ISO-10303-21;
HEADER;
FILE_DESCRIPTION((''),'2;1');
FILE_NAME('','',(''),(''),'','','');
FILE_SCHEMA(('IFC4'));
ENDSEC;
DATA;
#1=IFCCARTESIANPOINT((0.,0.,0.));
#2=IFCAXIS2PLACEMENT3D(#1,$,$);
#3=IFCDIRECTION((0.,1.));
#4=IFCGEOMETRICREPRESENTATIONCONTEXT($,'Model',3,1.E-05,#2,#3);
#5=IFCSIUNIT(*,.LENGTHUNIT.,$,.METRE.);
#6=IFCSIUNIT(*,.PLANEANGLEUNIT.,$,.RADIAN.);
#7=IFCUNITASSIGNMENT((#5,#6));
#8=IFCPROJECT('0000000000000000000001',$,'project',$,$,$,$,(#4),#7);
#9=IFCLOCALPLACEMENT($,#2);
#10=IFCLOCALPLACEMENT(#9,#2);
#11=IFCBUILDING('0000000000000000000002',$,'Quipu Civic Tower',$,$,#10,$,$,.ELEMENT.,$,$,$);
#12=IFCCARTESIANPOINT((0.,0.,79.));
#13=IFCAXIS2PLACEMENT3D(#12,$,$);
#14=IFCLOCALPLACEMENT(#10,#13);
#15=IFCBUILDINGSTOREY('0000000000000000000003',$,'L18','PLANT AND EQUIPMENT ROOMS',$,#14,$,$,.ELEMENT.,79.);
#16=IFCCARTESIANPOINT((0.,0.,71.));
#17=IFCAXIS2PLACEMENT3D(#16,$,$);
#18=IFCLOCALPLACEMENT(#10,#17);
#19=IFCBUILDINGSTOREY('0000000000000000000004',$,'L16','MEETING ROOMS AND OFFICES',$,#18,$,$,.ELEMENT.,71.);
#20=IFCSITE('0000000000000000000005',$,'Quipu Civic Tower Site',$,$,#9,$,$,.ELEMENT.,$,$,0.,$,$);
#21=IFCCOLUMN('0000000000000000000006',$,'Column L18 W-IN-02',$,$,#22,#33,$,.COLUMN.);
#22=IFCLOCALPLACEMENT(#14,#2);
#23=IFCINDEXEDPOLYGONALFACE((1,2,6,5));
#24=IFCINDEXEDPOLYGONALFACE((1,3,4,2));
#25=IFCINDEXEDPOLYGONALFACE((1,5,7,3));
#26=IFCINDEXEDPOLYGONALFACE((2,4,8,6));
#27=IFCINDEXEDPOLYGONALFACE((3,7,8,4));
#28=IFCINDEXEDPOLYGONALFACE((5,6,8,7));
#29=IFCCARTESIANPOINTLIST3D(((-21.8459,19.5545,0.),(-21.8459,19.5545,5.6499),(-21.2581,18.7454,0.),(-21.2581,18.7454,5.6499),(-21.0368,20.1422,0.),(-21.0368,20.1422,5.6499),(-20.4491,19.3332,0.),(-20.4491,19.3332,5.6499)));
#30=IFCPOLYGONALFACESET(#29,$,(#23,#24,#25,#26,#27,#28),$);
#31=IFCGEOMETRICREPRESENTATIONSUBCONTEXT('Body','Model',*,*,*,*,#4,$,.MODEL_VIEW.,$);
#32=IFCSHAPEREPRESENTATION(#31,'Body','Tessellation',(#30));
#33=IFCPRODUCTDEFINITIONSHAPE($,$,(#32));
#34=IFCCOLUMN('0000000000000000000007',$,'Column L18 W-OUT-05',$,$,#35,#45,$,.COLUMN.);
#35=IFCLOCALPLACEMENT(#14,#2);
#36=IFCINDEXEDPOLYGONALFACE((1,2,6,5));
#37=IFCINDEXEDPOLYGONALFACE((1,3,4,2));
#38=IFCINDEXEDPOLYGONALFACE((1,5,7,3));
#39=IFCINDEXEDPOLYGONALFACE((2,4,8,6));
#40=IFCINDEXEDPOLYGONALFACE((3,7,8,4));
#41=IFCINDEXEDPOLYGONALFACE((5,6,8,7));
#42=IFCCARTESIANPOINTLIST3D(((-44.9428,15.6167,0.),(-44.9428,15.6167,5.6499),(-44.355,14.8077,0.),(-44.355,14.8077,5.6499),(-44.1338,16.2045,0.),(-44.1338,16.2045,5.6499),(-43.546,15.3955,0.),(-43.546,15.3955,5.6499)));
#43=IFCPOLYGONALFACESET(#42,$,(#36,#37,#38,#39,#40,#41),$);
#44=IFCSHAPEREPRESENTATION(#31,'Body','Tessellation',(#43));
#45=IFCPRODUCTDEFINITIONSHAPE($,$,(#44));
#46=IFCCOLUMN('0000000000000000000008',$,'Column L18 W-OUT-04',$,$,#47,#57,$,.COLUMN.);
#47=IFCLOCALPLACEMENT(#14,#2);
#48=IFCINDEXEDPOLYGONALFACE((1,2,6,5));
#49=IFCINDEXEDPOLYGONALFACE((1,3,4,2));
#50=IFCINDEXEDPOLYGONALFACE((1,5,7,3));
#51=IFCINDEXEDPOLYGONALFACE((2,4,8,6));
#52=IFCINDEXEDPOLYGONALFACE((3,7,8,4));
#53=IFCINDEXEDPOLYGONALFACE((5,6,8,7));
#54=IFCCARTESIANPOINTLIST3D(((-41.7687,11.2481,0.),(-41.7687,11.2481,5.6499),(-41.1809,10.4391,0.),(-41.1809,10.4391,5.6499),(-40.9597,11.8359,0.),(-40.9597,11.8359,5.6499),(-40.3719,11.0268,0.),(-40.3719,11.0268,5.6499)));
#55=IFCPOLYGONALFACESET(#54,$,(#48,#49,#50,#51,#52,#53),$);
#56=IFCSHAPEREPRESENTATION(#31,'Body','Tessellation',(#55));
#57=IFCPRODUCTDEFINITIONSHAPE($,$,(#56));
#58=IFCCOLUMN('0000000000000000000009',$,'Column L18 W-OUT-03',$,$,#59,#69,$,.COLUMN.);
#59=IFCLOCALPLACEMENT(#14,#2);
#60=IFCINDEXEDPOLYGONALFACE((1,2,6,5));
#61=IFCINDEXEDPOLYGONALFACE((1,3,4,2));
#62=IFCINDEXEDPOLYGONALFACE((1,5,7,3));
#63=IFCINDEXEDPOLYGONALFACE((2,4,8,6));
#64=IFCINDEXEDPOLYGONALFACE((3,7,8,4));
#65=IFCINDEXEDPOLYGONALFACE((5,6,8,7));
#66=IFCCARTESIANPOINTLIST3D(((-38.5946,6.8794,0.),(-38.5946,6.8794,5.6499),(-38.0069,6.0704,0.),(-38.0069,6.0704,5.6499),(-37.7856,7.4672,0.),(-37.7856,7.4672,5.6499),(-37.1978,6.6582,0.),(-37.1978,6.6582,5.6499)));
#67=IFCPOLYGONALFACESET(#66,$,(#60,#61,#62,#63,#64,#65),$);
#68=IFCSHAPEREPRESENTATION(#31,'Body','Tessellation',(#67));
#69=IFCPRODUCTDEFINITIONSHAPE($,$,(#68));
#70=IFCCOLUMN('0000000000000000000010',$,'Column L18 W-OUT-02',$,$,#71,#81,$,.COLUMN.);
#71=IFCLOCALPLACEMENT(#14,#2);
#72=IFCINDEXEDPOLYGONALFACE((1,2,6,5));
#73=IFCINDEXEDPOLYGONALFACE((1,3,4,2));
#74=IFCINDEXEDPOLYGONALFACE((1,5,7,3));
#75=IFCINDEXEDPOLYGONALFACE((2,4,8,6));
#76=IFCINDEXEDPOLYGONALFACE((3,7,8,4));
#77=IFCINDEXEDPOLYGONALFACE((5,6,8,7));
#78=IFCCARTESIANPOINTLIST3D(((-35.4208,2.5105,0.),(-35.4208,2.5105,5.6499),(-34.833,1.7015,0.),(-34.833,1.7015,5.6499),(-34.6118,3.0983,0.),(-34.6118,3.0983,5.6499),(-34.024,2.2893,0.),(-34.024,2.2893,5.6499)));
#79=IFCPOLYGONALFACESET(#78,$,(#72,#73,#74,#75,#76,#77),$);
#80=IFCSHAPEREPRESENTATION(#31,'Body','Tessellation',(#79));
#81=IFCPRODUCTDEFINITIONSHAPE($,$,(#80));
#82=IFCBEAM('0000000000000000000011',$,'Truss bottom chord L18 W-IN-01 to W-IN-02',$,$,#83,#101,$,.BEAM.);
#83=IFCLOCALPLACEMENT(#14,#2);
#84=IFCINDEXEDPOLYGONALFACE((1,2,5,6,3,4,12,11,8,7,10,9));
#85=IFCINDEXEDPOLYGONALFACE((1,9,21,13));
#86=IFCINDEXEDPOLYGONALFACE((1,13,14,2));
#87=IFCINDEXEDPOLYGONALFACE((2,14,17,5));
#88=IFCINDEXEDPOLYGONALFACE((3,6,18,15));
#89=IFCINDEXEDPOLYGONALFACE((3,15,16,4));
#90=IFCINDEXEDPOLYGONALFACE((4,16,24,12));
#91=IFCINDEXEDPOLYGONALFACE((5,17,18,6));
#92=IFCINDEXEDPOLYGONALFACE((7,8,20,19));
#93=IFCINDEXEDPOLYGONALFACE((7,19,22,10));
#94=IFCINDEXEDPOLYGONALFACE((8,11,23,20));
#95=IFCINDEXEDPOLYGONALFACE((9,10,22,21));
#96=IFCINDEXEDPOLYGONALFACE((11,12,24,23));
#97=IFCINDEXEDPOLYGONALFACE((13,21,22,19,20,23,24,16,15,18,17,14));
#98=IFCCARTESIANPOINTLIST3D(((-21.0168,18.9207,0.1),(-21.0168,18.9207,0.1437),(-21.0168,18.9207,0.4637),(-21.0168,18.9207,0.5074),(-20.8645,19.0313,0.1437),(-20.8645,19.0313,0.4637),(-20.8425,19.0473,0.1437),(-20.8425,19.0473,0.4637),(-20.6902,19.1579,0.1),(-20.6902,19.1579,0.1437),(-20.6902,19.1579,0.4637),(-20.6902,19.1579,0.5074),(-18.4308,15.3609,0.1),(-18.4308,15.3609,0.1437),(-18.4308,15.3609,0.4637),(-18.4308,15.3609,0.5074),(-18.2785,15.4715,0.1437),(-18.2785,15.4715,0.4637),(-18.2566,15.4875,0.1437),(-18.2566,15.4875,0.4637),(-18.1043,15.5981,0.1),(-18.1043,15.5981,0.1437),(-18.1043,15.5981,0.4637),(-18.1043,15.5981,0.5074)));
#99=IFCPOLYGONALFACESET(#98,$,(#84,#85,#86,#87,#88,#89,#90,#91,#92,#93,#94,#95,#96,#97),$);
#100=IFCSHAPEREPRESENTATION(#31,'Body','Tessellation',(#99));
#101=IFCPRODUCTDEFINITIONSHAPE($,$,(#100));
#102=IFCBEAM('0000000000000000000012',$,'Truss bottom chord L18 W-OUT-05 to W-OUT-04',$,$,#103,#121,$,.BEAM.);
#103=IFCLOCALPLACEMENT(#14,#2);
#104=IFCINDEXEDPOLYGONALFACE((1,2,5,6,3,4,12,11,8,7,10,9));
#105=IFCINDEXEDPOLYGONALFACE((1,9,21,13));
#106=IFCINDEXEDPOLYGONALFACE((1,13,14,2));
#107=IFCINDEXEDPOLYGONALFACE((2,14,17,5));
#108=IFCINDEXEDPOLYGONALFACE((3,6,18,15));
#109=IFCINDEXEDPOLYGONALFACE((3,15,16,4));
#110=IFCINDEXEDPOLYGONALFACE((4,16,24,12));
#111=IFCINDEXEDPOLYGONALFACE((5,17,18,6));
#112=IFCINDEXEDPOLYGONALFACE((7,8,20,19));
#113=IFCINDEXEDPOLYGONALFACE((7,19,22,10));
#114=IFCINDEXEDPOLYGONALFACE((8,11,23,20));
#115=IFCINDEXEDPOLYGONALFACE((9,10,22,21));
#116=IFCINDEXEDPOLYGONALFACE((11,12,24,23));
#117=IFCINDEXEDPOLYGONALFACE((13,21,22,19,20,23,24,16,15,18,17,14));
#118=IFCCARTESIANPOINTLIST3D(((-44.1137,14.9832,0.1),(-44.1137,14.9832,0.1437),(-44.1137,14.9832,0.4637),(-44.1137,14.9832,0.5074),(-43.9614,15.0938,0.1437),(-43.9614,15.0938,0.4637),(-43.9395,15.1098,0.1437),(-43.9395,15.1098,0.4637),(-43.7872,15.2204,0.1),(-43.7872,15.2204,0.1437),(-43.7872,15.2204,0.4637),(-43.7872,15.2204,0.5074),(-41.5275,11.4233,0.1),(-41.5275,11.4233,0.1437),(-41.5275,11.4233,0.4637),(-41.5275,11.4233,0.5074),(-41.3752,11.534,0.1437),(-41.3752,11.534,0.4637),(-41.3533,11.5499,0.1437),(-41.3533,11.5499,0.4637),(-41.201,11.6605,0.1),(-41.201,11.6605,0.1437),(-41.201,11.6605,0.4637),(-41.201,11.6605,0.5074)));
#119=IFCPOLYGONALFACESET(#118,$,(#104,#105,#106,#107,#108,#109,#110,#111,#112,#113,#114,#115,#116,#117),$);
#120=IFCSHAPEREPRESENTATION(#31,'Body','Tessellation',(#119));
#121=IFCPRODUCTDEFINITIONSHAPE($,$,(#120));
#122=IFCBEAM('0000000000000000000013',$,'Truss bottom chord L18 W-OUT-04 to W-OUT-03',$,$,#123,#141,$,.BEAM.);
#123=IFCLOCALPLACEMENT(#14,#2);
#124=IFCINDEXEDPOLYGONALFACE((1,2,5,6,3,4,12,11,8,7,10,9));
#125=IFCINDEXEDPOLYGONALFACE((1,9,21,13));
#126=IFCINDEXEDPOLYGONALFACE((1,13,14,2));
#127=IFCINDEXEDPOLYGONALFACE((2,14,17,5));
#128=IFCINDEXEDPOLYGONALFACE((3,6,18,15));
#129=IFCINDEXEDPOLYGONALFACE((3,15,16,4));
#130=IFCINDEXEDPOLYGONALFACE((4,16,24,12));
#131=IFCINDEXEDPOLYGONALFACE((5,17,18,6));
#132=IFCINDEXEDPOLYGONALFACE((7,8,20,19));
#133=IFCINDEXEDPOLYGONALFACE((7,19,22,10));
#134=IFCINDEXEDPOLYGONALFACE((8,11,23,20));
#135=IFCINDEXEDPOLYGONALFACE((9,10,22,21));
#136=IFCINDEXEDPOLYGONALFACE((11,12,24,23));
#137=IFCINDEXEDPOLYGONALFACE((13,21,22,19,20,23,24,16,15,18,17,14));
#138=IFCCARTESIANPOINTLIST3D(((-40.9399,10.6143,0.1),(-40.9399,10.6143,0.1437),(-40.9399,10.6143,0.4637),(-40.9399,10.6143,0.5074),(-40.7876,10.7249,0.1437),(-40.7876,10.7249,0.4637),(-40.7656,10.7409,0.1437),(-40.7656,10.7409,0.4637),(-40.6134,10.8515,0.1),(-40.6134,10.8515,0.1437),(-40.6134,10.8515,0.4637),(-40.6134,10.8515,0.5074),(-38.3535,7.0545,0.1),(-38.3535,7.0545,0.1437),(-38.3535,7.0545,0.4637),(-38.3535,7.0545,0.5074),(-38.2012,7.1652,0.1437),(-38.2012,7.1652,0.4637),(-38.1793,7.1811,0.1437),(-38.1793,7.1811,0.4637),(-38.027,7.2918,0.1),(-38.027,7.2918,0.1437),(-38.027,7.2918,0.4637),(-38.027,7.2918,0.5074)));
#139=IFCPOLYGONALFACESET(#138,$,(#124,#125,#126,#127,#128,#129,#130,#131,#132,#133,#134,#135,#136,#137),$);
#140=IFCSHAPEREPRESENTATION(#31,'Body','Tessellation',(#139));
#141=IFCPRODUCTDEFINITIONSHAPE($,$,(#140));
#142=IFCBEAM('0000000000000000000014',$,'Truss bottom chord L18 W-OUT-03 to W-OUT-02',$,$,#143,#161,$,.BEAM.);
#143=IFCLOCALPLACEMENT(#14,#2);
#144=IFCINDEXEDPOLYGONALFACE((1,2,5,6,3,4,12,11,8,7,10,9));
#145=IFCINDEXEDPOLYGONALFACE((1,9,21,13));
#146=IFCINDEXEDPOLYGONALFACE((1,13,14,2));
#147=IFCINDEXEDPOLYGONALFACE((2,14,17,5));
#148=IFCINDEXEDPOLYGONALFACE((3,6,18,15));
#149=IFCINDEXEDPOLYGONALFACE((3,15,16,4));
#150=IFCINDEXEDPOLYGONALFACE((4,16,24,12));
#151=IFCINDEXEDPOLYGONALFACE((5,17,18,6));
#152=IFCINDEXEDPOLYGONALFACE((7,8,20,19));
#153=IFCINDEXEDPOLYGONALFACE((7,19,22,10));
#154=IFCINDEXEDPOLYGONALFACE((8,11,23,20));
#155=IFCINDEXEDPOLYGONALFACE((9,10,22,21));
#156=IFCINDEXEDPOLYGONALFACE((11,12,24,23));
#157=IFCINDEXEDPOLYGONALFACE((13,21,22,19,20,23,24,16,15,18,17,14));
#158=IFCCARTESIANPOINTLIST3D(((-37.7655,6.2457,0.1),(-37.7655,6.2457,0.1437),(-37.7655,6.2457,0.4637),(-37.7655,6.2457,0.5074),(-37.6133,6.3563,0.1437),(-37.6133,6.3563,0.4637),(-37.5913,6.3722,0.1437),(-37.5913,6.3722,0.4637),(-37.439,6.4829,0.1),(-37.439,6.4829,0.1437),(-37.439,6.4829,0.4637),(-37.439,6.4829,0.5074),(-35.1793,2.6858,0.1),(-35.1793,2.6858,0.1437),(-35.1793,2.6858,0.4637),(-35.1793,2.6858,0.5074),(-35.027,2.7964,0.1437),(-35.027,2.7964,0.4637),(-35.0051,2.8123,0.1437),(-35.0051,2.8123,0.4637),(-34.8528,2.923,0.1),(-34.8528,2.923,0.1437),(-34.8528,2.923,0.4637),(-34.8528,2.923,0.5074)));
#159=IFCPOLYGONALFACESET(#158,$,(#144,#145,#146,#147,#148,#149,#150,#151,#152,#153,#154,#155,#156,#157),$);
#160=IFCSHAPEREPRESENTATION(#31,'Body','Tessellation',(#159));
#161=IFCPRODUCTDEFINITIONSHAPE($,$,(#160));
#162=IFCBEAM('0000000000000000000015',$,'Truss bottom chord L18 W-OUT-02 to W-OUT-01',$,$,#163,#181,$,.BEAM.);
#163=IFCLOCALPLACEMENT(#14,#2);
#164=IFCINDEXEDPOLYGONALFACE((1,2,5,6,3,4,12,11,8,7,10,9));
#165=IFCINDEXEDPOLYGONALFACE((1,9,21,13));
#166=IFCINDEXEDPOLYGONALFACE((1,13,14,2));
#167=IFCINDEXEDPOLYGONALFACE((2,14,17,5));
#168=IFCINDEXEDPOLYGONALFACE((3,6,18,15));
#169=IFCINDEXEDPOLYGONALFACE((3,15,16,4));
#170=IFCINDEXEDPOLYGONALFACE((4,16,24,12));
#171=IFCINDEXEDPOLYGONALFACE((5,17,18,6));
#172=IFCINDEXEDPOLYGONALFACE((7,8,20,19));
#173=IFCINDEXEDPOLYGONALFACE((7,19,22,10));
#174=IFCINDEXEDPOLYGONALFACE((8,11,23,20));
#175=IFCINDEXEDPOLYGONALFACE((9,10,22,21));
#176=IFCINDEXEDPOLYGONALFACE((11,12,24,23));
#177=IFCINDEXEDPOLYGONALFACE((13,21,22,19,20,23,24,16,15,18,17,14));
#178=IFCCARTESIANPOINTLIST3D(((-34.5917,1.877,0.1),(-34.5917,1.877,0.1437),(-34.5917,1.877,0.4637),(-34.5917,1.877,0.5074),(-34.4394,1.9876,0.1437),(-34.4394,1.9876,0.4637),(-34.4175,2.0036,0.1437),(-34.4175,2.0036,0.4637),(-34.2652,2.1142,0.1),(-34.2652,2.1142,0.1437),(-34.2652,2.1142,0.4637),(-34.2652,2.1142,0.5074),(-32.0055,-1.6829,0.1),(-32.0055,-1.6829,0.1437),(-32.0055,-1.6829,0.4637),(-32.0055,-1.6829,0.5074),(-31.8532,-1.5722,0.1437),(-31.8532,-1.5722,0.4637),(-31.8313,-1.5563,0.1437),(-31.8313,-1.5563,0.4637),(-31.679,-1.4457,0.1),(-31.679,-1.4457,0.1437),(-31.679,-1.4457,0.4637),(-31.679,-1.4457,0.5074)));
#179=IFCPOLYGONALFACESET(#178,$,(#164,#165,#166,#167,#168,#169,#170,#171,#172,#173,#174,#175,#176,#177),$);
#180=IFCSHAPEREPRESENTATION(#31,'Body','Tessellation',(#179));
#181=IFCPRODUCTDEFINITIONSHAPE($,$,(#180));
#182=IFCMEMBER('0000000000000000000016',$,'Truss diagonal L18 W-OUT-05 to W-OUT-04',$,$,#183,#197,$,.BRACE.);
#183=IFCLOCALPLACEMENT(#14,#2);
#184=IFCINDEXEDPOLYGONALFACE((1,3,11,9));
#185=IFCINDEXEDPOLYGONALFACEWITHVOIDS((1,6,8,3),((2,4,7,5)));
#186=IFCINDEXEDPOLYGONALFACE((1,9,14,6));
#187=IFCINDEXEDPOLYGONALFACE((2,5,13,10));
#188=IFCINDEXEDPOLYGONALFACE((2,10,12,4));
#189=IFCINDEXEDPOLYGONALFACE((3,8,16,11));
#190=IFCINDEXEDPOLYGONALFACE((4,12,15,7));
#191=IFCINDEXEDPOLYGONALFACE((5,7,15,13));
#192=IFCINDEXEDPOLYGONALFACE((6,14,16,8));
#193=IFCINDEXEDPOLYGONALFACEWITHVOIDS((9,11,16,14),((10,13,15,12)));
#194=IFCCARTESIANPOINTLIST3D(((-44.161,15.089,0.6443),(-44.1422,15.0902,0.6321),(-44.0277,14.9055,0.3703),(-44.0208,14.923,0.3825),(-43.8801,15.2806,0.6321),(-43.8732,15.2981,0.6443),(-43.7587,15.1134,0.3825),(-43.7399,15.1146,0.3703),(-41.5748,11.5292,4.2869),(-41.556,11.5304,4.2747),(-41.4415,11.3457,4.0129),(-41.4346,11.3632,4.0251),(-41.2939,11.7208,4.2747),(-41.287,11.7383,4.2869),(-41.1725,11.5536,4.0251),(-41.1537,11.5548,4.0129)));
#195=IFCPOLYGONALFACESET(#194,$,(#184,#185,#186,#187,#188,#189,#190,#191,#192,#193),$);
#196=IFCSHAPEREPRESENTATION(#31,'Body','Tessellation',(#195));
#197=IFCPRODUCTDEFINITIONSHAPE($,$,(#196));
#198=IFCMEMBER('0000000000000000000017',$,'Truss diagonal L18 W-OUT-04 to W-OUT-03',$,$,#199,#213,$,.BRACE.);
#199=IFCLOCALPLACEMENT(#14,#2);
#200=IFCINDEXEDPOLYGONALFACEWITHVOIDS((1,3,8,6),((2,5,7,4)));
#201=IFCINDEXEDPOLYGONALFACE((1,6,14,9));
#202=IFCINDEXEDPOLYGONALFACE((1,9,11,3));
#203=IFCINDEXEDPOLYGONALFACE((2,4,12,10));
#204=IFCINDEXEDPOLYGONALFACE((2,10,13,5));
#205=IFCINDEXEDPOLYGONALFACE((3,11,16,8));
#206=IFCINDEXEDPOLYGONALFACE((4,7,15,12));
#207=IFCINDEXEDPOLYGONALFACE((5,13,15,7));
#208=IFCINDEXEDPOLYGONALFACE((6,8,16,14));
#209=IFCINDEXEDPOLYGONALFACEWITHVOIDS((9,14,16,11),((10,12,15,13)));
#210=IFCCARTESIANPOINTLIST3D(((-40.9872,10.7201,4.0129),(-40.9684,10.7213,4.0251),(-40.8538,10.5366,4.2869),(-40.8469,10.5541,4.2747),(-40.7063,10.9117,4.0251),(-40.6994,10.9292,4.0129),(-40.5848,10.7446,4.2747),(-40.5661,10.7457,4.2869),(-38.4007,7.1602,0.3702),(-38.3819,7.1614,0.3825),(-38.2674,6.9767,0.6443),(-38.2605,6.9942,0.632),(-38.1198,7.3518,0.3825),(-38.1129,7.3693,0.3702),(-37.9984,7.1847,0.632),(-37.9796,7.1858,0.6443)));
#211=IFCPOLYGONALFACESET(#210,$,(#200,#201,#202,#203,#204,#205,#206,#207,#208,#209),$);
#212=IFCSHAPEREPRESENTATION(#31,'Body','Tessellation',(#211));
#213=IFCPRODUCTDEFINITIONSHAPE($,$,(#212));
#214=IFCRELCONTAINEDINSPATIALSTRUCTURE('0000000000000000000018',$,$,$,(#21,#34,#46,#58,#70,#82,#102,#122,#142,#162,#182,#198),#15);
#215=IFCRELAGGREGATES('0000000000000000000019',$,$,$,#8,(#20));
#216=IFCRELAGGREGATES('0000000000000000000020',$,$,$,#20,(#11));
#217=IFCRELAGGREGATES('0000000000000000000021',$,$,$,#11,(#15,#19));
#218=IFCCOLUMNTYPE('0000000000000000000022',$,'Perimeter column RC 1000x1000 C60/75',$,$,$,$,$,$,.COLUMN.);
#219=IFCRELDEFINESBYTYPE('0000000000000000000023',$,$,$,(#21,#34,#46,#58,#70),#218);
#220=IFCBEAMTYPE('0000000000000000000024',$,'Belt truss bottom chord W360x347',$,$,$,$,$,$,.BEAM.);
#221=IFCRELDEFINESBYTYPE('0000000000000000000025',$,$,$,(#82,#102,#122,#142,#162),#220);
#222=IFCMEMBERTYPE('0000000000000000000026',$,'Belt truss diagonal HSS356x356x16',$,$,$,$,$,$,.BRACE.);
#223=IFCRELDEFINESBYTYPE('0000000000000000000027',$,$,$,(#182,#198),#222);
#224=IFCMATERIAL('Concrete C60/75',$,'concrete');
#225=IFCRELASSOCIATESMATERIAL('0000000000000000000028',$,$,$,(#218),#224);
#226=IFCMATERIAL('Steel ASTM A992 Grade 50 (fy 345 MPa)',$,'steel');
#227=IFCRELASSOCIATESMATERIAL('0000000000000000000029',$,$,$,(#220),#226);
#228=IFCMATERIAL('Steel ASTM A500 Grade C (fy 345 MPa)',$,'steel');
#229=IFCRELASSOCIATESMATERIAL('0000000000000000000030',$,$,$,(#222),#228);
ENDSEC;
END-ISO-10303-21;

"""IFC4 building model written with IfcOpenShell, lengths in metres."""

from ifc_helpers import new_model, si_unit, direction, frame, origin, origin_2d, place, context, subcontext, project, spatial, rectangle, hollow_rectangle, i_section, extrude, material, material_profile, profile_set, type_object, element, save


model = new_model("IFC4")

# Units and contexts
model_context = context("Model", 3, precision=1e-05, world=origin(), true_north=direction((0.0, 1.0)))
body_context = subcontext(model_context, "Body", "Model", "MODEL_VIEW")
ifc_project = project(units=[si_unit("LENGTHUNIT", "METRE"), si_unit("PLANEANGLEUNIT", "RADIAN")], contexts=[model_context])

# Site, building, storey
site_placement = place(None, origin())
site = spatial("IfcSite", under=ifc_project, at=site_placement, Name="Quipu Civic Tower Site", CompositionType="ELEMENT", RefElevation=0.0)
building_placement = place(site_placement, origin())
building = spatial("IfcBuilding", under=site, at=building_placement, Name="Quipu Civic Tower", CompositionType="ELEMENT")
storey_1_placement = place(building_placement, frame((0.0, 0.0, 79.0)))
storey_1 = spatial("IfcBuildingStorey", under=building, at=storey_1_placement, Name="L18", Description="PLANT AND EQUIPMENT ROOMS", CompositionType="ELEMENT", Elevation=79.0)

# Columns
ifc_material_1 = material(Name="Concrete C60/75", Category="concrete")
ifc_material_profile_1 = material_profile(ifc_material_1, rectangle(XDim=1.0, YDim=1.0, at=origin_2d()), Name="RC1000x1000")
ifc_profile_set_1 = profile_set([ifc_material_profile_1], Name="Concrete C60/75")
column_type = type_object("IfcColumnType", Name="Perimeter column RC 1000x1000 C60/75", PredefinedType="COLUMN", material=ifc_profile_set_1)
for number, where, z_axis, x_axis, name in (
    (1, (-21.1475, 19.4438, 0.0), (0.0, 0.0, 1.0), (-0.587785, 0.809017, 0.0), "Column L18 W-IN-02"),
    (2, (-44.2444, 15.5061, 0.0), (0.0, 0.0, 1.0), (0.587785, -0.809017, 0.0), "Column L18 W-OUT-05"),
    (3, (-41.0703, 11.1375, 0.0), (0.0, 0.0, 1.0), (0.587785, -0.809017, 0.0), "Column L18 W-OUT-04"),
    (4, (-37.8962, 6.7688, 0.0), (0.0, 0.0, 1.0), (0.587785, -0.809017, 0.0), "Column L18 W-OUT-03"),
    (5, (-34.7224, 2.3999, 0.0), (0.0, 0.0, 1.0), (0.587785, -0.809017, 0.0), "Column L18 W-OUT-02"),
):
    element("IfcColumn", number, at=place(storey_1_placement, frame(where, z_axis=z_axis, x_axis=x_axis)), inside=storey_1, type_object=column_type, Name=name, PredefinedType="COLUMN", context=body_context, shape_type="SweptSolid", body=[
        extrude(rectangle(XDim=1.0, YDim=1.0, at=origin_2d()), origin(), (0.0, 0.0, 1.0), 5.6499),
    ])

# Beams
ifc_material_2 = material(Name="Steel ASTM A992 Grade 50 (fy 345 MPa)", Category="steel")
ifc_material_profile_2 = material_profile(ifc_material_2, i_section(OverallWidth=0.4036, OverallDepth=0.4075, WebThickness=0.0271, FlangeThickness=0.0437, at=origin_2d()), Name="W360x347")
ifc_profile_set_2 = profile_set([ifc_material_profile_2], Name="Steel ASTM A992 Grade 50 (fy 345 MPa)")
beam_type_1 = type_object("IfcBeamType", Name="Belt truss bottom chord W360x347", PredefinedType="BEAM", material=ifc_profile_set_2)
beam_1_placement = place(storey_1_placement, frame((-18.2676, 15.4795, 0.3037), z_axis=(-0.587723, 0.809062, 0.0), x_axis=(-0.809062, -0.587723, 0.0)))
element("IfcBeam", 6, at=beam_1_placement, inside=storey_1, type_object=beam_type_1, Name="Truss bottom chord L18 W-IN-01 to W-IN-02", PredefinedType="BEAM", context=body_context, shape_type="SweptSolid", body=[
    extrude(i_section(OverallWidth=0.4036, OverallDepth=0.4075, WebThickness=0.0271, FlangeThickness=0.0437, at=origin_2d()), origin(), (0.0, 0.0, 1.0), 4.3999),
])
for number, where, z_axis, x_axis, name in (
    (7, (-43.9504, 15.1018, 0.3037), (0.587759, -0.809036, 0.0), (0.809036, 0.587759, 0.0), "Truss bottom chord L18 W-OUT-05 to W-OUT-04"),
    (8, (-40.7766, 10.7329, 0.3037), (0.587796, -0.80901, 0.0), (0.80901, 0.587796, 0.0), "Truss bottom chord L18 W-OUT-04 to W-OUT-03"),
    (9, (-37.6023, 6.3643, 0.3037), (0.587759, -0.809036, 0.0), (0.809036, 0.587759, 0.0), "Truss bottom chord L18 W-OUT-03 to W-OUT-02"),
    (10, (-34.4285, 1.9956, 0.3037), (0.587759, -0.809036, 0.0), (0.809036, 0.587759, 0.0), "Truss bottom chord L18 W-OUT-02 to W-OUT-01"),
):
    element("IfcBeam", number, at=place(storey_1_placement, frame(where, z_axis=z_axis, x_axis=x_axis)), inside=storey_1, type_object=beam_type_1, Name=name, PredefinedType="BEAM", context=body_context, shape_type="SweptSolid", body=[
        extrude(i_section(OverallWidth=0.4036, OverallDepth=0.4075, WebThickness=0.0271, FlangeThickness=0.0437, at=origin_2d()), origin(), (0.0, 0.0, 1.0), 4.4001),
    ])

# Members
ifc_material_3 = material(Name="Steel ASTM A500 Grade C (fy 345 MPa)", Category="steel")
ifc_material_profile_3 = material_profile(ifc_material_3, hollow_rectangle(XDim=0.3557, YDim=0.3557, WallThickness=0.0159, at=origin_2d()), Name="HSS356x356x16")
ifc_profile_set_3 = profile_set([ifc_material_profile_3], Name="Steel ASTM A500 Grade C (fy 345 MPa)")
member_type_1 = type_object("IfcMemberType", Name="Belt truss diagonal HSS356x356x16", PredefinedType="BRACE", material=ifc_profile_set_3)
member_1_placement = place(storey_1_placement, frame((-43.9504, 15.1018, 0.5073), z_axis=(0.452749, -0.623197, 0.637686), x_axis=(0.809036, 0.587759, 0.0)))
element("IfcMember", 11, at=member_1_placement, inside=storey_1, type_object=member_type_1, Name="Truss diagonal L18 W-OUT-05 to W-OUT-04", PredefinedType="BRACE", context=body_context, shape_type="SweptSolid", body=[
    extrude(hollow_rectangle(XDim=0.3557, YDim=0.3557, WallThickness=0.0159, at=origin_2d()), origin(), (0.0, 0.0, 1.0), 5.7122),
])
member_2_placement = place(storey_1_placement, frame((-40.7766, 10.7329, 4.1499), z_axis=(0.452783, -0.623185, -0.637674), x_axis=(0.80901, 0.587796, 0.0)))
element("IfcMember", 12, at=member_2_placement, inside=storey_1, type_object=member_type_1, Name="Truss diagonal L18 W-OUT-04 to W-OUT-03", PredefinedType="BRACE", context=body_context, shape_type="SweptSolid", body=[
    extrude(hollow_rectangle(XDim=0.3557, YDim=0.3557, WallThickness=0.0159, at=origin_2d()), origin(), (0.0, 0.0, 1.0), 5.7124),
])

# Shared definitions
storey_2_placement = place(building_placement, frame((0.0, 0.0, 71.0)))
storey_2 = spatial("IfcBuildingStorey", under=building, at=storey_2_placement, Name="L16", Description="MEETING ROOMS AND OFFICES", CompositionType="ELEMENT", Elevation=71.0)

save(model, "model.ifc")
